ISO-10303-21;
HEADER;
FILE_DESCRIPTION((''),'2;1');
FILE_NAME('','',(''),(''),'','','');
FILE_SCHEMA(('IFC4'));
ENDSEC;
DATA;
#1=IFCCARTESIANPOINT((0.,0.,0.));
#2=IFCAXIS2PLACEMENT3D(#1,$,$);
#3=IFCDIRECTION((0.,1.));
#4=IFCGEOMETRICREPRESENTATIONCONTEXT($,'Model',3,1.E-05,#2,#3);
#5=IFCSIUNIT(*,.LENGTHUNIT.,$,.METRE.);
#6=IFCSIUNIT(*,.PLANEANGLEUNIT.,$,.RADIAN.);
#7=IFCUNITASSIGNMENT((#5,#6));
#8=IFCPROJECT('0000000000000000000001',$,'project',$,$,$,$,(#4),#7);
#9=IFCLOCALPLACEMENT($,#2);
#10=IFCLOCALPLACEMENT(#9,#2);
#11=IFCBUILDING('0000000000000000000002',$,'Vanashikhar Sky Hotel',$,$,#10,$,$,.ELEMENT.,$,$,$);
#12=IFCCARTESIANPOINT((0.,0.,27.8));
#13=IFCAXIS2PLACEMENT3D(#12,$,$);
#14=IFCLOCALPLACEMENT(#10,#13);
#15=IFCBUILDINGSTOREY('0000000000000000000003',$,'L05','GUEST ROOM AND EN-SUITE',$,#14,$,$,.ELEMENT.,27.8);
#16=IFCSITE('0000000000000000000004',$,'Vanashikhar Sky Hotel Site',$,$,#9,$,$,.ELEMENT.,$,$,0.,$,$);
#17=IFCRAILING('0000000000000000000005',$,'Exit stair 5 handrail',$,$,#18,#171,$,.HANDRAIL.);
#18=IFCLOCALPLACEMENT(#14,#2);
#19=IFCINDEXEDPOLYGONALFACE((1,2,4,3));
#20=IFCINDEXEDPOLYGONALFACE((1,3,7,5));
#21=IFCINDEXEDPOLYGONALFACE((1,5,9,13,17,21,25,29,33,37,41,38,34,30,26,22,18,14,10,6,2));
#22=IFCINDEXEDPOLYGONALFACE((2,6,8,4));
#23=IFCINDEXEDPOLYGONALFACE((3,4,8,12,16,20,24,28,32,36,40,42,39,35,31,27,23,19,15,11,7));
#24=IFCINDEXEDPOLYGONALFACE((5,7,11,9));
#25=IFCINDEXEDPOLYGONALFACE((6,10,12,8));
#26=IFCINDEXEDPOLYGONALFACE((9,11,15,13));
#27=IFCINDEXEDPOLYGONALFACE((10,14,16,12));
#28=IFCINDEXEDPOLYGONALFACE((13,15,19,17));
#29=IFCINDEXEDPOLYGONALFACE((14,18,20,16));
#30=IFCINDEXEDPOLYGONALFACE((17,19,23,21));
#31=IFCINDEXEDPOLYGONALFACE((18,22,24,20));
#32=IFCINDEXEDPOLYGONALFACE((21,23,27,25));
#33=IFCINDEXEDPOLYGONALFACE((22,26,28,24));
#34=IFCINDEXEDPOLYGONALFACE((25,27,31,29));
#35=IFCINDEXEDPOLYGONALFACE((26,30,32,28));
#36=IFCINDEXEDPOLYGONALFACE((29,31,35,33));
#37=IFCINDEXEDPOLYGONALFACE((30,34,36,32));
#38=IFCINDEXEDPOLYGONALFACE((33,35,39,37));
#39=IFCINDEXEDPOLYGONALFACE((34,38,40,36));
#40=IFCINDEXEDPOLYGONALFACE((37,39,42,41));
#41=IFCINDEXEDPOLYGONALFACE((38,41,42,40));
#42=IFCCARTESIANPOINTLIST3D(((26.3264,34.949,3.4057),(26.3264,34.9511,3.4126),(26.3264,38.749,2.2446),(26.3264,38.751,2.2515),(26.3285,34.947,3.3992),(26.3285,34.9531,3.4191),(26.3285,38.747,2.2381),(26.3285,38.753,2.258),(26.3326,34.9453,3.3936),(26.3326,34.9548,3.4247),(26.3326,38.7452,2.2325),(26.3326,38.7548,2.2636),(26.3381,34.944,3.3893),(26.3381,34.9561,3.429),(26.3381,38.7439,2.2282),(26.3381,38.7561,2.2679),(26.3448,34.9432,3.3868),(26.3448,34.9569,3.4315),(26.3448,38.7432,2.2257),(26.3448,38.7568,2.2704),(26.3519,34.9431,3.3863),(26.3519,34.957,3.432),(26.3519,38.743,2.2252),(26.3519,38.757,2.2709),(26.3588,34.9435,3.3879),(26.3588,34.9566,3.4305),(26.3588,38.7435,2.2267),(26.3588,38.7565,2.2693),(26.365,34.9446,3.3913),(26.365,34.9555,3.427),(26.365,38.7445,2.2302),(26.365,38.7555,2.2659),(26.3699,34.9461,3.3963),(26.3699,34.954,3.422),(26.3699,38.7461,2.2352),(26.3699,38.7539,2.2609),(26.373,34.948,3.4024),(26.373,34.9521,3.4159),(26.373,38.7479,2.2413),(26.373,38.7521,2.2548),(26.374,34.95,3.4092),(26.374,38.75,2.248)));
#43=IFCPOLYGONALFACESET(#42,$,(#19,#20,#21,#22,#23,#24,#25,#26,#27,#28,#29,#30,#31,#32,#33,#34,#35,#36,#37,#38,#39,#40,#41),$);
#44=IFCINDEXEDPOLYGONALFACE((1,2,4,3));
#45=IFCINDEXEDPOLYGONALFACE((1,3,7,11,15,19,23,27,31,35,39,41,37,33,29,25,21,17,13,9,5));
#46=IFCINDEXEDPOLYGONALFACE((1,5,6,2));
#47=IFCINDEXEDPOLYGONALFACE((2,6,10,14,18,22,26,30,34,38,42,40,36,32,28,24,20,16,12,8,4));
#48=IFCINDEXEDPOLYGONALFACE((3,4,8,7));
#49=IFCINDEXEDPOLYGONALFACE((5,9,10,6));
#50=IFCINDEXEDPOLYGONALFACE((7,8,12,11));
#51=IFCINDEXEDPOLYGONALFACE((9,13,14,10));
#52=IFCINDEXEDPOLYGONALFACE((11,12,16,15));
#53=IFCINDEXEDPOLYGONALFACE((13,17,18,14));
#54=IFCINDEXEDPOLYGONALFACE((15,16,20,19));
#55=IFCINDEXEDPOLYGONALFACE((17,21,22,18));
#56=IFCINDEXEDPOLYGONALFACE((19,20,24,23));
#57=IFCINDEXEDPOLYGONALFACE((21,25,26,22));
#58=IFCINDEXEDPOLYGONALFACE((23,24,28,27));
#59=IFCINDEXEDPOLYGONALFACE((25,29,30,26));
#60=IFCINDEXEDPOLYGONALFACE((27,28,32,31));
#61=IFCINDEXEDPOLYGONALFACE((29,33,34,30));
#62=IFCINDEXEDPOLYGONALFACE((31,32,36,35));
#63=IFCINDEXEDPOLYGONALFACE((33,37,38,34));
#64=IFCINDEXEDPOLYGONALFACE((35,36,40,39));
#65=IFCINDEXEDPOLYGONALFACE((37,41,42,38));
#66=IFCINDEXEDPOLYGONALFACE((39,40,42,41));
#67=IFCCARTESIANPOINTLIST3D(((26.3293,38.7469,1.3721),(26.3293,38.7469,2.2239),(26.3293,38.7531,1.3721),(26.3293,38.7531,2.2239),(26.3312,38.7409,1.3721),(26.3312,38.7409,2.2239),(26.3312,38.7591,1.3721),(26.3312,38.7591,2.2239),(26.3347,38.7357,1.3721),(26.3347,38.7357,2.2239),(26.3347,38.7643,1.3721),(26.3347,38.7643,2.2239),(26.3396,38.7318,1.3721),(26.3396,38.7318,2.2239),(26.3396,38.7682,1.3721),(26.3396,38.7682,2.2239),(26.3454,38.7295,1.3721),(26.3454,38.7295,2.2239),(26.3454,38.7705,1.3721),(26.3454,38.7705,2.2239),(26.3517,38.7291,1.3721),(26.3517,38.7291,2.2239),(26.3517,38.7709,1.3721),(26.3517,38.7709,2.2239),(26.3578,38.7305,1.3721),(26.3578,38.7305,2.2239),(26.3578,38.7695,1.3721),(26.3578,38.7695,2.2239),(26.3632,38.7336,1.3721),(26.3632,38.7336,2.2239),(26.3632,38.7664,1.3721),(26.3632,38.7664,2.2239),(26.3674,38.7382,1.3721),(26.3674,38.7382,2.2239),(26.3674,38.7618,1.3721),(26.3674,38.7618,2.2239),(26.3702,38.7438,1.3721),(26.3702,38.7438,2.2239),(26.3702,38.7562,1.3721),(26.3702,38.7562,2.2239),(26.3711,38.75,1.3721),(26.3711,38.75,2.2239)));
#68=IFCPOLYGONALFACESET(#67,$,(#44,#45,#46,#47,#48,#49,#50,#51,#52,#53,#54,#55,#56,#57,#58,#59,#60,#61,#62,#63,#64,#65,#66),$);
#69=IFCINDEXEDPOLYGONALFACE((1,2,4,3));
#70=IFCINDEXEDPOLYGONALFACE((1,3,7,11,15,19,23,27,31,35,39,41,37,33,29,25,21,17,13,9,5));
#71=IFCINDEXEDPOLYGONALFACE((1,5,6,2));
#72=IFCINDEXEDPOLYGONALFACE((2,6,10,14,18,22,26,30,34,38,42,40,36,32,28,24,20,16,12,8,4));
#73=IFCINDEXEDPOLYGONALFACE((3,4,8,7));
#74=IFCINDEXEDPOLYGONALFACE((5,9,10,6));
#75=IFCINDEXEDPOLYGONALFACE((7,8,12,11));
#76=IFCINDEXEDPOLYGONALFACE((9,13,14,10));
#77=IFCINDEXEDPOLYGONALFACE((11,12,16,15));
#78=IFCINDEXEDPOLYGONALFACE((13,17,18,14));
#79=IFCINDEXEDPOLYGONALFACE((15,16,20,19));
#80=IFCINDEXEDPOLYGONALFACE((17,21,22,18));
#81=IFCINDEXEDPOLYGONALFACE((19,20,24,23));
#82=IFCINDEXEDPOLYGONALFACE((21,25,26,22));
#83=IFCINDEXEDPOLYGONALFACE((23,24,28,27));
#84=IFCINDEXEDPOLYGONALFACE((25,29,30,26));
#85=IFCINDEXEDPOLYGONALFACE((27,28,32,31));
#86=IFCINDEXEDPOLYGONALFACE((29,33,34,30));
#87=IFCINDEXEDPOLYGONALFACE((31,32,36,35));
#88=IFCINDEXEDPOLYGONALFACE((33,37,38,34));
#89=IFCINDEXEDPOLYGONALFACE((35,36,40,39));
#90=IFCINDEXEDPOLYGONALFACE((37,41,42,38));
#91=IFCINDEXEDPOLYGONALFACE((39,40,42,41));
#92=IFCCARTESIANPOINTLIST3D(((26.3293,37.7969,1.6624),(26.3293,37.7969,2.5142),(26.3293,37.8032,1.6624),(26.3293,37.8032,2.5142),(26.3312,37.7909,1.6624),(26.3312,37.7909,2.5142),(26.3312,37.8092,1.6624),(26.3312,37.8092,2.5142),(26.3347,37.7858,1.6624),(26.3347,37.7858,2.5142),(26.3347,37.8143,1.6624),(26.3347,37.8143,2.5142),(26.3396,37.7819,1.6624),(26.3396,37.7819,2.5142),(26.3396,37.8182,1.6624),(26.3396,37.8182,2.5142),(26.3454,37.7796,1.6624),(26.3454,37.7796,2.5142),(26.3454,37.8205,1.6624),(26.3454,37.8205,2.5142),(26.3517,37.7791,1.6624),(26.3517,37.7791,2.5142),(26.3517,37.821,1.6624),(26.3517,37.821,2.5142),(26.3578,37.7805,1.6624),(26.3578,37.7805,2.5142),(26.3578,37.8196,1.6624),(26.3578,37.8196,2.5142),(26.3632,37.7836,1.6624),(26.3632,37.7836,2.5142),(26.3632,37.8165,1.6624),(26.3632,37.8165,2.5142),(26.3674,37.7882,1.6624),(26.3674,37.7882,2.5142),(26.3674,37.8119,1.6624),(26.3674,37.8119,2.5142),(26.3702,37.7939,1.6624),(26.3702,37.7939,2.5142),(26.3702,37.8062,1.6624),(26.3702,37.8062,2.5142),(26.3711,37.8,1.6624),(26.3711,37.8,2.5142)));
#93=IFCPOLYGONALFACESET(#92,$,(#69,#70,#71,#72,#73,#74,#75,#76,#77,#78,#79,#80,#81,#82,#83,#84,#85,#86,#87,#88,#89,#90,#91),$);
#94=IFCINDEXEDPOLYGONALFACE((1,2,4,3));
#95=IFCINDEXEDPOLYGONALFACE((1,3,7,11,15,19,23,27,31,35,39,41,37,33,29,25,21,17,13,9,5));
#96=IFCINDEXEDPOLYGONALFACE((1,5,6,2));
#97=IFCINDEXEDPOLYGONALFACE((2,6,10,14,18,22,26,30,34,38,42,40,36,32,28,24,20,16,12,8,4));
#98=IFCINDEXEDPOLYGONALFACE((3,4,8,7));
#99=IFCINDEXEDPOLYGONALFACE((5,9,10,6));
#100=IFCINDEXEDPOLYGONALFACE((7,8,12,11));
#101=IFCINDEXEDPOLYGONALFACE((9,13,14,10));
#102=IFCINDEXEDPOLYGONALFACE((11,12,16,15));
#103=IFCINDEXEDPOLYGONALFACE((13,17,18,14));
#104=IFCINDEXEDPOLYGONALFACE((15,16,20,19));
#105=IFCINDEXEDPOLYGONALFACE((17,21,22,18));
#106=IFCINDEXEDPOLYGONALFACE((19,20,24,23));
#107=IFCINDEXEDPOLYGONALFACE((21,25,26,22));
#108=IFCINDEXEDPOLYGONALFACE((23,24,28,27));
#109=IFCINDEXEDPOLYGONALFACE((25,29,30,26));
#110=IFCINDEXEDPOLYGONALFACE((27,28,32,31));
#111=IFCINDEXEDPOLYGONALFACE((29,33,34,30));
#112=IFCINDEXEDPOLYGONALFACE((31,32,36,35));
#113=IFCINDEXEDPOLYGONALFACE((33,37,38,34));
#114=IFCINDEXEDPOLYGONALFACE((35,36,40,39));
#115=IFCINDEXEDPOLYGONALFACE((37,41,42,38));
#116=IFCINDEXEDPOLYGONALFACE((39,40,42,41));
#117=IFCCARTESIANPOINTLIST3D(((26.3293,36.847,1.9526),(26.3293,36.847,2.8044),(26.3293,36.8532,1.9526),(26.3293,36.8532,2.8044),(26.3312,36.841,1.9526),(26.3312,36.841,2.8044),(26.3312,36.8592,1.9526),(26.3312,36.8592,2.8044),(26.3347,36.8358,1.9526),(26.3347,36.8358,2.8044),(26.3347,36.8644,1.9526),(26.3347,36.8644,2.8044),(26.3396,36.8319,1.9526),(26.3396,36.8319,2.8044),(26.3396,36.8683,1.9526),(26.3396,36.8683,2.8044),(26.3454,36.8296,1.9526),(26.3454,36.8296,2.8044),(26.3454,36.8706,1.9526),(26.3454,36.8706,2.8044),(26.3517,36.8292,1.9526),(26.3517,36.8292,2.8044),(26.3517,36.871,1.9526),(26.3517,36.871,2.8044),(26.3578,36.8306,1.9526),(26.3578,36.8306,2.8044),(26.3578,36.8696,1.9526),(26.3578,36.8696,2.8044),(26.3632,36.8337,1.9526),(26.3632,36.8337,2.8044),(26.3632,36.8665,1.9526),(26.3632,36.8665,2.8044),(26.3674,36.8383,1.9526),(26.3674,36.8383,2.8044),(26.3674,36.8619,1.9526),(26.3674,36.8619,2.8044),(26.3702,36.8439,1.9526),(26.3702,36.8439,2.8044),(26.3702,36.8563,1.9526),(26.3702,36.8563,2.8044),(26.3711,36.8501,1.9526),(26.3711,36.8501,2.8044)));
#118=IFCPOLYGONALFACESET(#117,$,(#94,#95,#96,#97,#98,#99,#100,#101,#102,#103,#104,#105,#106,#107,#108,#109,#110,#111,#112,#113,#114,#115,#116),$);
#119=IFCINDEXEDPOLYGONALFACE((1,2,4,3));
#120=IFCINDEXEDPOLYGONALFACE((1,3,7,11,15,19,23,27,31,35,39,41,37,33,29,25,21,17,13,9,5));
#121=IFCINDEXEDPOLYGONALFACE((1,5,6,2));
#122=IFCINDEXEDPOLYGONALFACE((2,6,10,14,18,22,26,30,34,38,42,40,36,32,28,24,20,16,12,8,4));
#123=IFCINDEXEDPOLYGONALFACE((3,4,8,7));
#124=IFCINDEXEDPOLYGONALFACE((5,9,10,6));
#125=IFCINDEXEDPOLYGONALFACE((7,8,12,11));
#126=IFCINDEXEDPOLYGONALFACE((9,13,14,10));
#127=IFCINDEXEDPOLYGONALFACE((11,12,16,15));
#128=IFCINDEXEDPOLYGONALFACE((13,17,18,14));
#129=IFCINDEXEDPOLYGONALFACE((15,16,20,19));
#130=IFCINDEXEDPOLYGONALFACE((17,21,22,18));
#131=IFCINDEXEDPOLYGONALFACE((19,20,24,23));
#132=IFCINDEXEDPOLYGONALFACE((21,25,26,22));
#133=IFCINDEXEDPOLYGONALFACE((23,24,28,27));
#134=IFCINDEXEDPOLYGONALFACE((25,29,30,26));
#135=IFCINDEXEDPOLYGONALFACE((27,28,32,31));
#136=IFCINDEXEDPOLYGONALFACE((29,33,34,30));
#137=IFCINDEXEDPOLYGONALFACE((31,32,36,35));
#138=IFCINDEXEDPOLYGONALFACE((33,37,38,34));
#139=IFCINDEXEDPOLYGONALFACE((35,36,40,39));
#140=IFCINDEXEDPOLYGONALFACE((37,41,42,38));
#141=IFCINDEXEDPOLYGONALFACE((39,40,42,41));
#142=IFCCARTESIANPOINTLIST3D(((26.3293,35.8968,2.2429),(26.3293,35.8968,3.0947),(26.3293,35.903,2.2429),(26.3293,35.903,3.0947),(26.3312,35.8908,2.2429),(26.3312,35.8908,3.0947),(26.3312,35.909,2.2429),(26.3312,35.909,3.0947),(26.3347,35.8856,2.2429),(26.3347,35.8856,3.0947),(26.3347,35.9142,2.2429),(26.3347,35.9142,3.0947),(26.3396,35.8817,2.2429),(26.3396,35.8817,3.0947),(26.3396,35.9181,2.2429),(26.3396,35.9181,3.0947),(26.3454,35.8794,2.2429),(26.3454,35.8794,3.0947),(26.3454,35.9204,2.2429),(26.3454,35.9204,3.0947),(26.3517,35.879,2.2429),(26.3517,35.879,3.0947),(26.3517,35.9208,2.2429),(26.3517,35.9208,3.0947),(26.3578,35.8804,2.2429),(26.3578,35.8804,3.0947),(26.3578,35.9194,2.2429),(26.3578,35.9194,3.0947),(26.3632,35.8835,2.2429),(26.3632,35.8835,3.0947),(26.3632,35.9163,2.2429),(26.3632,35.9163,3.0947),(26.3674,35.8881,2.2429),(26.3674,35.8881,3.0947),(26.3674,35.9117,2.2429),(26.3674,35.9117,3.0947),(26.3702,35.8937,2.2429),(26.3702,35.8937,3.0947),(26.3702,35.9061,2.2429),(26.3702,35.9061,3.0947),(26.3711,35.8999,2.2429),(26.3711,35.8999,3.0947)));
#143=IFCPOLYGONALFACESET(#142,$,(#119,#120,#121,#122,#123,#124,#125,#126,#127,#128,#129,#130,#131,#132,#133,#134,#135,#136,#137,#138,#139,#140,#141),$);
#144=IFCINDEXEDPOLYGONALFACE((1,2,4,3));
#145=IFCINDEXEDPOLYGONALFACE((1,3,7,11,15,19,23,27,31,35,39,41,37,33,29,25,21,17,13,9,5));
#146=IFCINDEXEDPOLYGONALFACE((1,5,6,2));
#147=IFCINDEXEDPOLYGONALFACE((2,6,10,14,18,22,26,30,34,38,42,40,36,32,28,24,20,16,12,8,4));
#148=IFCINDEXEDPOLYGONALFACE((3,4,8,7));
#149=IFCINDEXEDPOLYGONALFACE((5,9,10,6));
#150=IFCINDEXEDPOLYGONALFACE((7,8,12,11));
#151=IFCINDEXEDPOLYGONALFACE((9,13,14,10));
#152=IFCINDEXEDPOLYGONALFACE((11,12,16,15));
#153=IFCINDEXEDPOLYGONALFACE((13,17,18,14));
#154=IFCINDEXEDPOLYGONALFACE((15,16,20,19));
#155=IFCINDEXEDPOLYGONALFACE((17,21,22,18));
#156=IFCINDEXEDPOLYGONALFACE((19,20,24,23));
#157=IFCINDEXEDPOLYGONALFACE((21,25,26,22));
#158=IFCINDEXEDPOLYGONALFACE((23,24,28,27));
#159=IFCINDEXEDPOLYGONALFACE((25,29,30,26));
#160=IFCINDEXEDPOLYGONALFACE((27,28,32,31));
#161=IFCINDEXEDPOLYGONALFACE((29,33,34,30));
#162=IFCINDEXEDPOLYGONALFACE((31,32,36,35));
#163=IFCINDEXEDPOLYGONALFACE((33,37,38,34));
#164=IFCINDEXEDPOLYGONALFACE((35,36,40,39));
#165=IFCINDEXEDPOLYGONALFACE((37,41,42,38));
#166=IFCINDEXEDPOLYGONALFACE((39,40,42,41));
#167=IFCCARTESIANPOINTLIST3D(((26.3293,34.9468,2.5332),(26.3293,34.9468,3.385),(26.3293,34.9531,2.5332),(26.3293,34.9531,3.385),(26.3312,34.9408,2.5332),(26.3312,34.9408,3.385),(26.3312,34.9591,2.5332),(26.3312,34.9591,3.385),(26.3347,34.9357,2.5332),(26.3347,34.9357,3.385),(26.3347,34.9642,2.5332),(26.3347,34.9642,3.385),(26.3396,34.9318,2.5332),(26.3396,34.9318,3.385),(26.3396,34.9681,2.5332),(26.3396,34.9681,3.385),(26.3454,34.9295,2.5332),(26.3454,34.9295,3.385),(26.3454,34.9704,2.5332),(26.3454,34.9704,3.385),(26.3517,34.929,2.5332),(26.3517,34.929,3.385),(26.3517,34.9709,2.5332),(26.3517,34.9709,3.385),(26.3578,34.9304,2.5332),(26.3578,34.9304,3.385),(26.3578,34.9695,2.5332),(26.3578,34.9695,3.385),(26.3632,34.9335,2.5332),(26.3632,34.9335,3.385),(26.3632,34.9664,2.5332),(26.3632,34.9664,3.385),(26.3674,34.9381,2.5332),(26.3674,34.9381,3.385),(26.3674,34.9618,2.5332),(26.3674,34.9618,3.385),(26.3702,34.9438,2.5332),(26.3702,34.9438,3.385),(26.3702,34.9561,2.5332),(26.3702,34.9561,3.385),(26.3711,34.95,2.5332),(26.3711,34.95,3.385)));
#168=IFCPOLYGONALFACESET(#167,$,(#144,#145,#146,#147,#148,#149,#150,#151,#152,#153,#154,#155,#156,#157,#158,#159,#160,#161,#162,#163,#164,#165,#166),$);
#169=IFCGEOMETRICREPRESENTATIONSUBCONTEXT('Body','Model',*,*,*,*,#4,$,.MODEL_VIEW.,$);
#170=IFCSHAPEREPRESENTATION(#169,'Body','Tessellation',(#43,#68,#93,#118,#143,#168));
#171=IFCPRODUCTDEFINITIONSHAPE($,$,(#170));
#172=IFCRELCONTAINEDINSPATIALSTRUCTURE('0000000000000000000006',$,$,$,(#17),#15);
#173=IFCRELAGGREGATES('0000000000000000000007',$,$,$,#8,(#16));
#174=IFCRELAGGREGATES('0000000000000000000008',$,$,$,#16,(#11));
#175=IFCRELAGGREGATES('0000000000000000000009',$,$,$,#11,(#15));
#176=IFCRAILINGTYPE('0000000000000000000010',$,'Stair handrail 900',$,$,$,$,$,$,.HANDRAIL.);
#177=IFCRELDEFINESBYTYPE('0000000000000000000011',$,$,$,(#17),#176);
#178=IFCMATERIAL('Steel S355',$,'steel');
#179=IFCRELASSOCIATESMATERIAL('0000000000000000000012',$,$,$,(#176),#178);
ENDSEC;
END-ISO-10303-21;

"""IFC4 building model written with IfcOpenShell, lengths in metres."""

from ifc_helpers import new_model, si_unit, direction, frame, origin, origin_2d, place, context, subcontext, project, spatial, circle, extrude, source, transform, mapped, material, type_object, element, save


model = new_model("IFC4")

# Units and contexts
model_context = context("Model", 3, precision=1e-05, world=origin(), true_north=direction((0.0, 1.0)))
body_context = subcontext(model_context, "Body", "Model", "MODEL_VIEW")
ifc_project = project(units=[si_unit("LENGTHUNIT", "METRE"), si_unit("PLANEANGLEUNIT", "RADIAN")], contexts=[model_context])

# Site, building, storey
site_placement = place(None, origin())
site = spatial("IfcSite", under=ifc_project, at=site_placement, Name="Vanashikhar Sky Hotel Site", CompositionType="ELEMENT", RefElevation=0.0)
building_placement = place(site_placement, origin())
building = spatial("IfcBuilding", under=site, at=building_placement, Name="Vanashikhar Sky Hotel", CompositionType="ELEMENT")
storey_placement = place(building_placement, frame((0.0, 0.0, 27.8)))
storey = spatial("IfcBuildingStorey", under=building, at=storey_placement, Name="L05", Description="GUEST ROOM AND EN-SUITE", CompositionType="ELEMENT", Elevation=27.8)

# Railing
ifc_material_1 = material(Name="Steel S355", Category="steel")
railing_type = type_object("IfcRailingType", Name="Stair handrail 900", PredefinedType="HANDRAIL", material=ifc_material_1)
shared_shape_1 = source(origin(), body_context, "Body", "SweptSolid", [
    extrude(circle(Radius=0.0239, at=origin_2d()), frame((0.0, 0.0, 0.876), z_axis=(0.0, -0.956351, 0.29222), x_axis=(1.0, 0.0, 0.0)), (0.0, 0.0, 1.0), 3.9734),
    extrude(circle(Radius=0.021, at=origin_2d()), origin(), (0.0, 0.0, 1.0), 0.8518),
    extrude(circle(Radius=0.021, at=origin_2d()), frame((0.0, -0.95, 0.2903)), (0.0, 0.0, 1.0), 0.8518),
    extrude(circle(Radius=0.021, at=origin_2d()), frame((0.0, -1.8999, 0.5806)), (0.0, 0.0, 1.0), 0.8518),
    extrude(circle(Radius=0.021, at=origin_2d()), frame((0.0, -2.8501, 0.8708)), (0.0, 0.0, 1.0), 0.8518),
    extrude(circle(Radius=0.021, at=origin_2d()), frame((0.0, -3.8, 1.1611)), (0.0, 0.0, 1.0), 0.8518),
])
railing_placement = place(storey_placement, frame((26.3501, 38.75, 1.3721)))
element("IfcRailing", 1, at=railing_placement, inside=storey, type_object=railing_type, Name="Exit stair 5 handrail", PredefinedType="HANDRAIL", context=body_context, shape_type="MappedRepresentation", body=[
    mapped(shared_shape_1, transform((0.0, 0.0, 0.0), scale=1.0)),
])

save(model, "model.ifc")
